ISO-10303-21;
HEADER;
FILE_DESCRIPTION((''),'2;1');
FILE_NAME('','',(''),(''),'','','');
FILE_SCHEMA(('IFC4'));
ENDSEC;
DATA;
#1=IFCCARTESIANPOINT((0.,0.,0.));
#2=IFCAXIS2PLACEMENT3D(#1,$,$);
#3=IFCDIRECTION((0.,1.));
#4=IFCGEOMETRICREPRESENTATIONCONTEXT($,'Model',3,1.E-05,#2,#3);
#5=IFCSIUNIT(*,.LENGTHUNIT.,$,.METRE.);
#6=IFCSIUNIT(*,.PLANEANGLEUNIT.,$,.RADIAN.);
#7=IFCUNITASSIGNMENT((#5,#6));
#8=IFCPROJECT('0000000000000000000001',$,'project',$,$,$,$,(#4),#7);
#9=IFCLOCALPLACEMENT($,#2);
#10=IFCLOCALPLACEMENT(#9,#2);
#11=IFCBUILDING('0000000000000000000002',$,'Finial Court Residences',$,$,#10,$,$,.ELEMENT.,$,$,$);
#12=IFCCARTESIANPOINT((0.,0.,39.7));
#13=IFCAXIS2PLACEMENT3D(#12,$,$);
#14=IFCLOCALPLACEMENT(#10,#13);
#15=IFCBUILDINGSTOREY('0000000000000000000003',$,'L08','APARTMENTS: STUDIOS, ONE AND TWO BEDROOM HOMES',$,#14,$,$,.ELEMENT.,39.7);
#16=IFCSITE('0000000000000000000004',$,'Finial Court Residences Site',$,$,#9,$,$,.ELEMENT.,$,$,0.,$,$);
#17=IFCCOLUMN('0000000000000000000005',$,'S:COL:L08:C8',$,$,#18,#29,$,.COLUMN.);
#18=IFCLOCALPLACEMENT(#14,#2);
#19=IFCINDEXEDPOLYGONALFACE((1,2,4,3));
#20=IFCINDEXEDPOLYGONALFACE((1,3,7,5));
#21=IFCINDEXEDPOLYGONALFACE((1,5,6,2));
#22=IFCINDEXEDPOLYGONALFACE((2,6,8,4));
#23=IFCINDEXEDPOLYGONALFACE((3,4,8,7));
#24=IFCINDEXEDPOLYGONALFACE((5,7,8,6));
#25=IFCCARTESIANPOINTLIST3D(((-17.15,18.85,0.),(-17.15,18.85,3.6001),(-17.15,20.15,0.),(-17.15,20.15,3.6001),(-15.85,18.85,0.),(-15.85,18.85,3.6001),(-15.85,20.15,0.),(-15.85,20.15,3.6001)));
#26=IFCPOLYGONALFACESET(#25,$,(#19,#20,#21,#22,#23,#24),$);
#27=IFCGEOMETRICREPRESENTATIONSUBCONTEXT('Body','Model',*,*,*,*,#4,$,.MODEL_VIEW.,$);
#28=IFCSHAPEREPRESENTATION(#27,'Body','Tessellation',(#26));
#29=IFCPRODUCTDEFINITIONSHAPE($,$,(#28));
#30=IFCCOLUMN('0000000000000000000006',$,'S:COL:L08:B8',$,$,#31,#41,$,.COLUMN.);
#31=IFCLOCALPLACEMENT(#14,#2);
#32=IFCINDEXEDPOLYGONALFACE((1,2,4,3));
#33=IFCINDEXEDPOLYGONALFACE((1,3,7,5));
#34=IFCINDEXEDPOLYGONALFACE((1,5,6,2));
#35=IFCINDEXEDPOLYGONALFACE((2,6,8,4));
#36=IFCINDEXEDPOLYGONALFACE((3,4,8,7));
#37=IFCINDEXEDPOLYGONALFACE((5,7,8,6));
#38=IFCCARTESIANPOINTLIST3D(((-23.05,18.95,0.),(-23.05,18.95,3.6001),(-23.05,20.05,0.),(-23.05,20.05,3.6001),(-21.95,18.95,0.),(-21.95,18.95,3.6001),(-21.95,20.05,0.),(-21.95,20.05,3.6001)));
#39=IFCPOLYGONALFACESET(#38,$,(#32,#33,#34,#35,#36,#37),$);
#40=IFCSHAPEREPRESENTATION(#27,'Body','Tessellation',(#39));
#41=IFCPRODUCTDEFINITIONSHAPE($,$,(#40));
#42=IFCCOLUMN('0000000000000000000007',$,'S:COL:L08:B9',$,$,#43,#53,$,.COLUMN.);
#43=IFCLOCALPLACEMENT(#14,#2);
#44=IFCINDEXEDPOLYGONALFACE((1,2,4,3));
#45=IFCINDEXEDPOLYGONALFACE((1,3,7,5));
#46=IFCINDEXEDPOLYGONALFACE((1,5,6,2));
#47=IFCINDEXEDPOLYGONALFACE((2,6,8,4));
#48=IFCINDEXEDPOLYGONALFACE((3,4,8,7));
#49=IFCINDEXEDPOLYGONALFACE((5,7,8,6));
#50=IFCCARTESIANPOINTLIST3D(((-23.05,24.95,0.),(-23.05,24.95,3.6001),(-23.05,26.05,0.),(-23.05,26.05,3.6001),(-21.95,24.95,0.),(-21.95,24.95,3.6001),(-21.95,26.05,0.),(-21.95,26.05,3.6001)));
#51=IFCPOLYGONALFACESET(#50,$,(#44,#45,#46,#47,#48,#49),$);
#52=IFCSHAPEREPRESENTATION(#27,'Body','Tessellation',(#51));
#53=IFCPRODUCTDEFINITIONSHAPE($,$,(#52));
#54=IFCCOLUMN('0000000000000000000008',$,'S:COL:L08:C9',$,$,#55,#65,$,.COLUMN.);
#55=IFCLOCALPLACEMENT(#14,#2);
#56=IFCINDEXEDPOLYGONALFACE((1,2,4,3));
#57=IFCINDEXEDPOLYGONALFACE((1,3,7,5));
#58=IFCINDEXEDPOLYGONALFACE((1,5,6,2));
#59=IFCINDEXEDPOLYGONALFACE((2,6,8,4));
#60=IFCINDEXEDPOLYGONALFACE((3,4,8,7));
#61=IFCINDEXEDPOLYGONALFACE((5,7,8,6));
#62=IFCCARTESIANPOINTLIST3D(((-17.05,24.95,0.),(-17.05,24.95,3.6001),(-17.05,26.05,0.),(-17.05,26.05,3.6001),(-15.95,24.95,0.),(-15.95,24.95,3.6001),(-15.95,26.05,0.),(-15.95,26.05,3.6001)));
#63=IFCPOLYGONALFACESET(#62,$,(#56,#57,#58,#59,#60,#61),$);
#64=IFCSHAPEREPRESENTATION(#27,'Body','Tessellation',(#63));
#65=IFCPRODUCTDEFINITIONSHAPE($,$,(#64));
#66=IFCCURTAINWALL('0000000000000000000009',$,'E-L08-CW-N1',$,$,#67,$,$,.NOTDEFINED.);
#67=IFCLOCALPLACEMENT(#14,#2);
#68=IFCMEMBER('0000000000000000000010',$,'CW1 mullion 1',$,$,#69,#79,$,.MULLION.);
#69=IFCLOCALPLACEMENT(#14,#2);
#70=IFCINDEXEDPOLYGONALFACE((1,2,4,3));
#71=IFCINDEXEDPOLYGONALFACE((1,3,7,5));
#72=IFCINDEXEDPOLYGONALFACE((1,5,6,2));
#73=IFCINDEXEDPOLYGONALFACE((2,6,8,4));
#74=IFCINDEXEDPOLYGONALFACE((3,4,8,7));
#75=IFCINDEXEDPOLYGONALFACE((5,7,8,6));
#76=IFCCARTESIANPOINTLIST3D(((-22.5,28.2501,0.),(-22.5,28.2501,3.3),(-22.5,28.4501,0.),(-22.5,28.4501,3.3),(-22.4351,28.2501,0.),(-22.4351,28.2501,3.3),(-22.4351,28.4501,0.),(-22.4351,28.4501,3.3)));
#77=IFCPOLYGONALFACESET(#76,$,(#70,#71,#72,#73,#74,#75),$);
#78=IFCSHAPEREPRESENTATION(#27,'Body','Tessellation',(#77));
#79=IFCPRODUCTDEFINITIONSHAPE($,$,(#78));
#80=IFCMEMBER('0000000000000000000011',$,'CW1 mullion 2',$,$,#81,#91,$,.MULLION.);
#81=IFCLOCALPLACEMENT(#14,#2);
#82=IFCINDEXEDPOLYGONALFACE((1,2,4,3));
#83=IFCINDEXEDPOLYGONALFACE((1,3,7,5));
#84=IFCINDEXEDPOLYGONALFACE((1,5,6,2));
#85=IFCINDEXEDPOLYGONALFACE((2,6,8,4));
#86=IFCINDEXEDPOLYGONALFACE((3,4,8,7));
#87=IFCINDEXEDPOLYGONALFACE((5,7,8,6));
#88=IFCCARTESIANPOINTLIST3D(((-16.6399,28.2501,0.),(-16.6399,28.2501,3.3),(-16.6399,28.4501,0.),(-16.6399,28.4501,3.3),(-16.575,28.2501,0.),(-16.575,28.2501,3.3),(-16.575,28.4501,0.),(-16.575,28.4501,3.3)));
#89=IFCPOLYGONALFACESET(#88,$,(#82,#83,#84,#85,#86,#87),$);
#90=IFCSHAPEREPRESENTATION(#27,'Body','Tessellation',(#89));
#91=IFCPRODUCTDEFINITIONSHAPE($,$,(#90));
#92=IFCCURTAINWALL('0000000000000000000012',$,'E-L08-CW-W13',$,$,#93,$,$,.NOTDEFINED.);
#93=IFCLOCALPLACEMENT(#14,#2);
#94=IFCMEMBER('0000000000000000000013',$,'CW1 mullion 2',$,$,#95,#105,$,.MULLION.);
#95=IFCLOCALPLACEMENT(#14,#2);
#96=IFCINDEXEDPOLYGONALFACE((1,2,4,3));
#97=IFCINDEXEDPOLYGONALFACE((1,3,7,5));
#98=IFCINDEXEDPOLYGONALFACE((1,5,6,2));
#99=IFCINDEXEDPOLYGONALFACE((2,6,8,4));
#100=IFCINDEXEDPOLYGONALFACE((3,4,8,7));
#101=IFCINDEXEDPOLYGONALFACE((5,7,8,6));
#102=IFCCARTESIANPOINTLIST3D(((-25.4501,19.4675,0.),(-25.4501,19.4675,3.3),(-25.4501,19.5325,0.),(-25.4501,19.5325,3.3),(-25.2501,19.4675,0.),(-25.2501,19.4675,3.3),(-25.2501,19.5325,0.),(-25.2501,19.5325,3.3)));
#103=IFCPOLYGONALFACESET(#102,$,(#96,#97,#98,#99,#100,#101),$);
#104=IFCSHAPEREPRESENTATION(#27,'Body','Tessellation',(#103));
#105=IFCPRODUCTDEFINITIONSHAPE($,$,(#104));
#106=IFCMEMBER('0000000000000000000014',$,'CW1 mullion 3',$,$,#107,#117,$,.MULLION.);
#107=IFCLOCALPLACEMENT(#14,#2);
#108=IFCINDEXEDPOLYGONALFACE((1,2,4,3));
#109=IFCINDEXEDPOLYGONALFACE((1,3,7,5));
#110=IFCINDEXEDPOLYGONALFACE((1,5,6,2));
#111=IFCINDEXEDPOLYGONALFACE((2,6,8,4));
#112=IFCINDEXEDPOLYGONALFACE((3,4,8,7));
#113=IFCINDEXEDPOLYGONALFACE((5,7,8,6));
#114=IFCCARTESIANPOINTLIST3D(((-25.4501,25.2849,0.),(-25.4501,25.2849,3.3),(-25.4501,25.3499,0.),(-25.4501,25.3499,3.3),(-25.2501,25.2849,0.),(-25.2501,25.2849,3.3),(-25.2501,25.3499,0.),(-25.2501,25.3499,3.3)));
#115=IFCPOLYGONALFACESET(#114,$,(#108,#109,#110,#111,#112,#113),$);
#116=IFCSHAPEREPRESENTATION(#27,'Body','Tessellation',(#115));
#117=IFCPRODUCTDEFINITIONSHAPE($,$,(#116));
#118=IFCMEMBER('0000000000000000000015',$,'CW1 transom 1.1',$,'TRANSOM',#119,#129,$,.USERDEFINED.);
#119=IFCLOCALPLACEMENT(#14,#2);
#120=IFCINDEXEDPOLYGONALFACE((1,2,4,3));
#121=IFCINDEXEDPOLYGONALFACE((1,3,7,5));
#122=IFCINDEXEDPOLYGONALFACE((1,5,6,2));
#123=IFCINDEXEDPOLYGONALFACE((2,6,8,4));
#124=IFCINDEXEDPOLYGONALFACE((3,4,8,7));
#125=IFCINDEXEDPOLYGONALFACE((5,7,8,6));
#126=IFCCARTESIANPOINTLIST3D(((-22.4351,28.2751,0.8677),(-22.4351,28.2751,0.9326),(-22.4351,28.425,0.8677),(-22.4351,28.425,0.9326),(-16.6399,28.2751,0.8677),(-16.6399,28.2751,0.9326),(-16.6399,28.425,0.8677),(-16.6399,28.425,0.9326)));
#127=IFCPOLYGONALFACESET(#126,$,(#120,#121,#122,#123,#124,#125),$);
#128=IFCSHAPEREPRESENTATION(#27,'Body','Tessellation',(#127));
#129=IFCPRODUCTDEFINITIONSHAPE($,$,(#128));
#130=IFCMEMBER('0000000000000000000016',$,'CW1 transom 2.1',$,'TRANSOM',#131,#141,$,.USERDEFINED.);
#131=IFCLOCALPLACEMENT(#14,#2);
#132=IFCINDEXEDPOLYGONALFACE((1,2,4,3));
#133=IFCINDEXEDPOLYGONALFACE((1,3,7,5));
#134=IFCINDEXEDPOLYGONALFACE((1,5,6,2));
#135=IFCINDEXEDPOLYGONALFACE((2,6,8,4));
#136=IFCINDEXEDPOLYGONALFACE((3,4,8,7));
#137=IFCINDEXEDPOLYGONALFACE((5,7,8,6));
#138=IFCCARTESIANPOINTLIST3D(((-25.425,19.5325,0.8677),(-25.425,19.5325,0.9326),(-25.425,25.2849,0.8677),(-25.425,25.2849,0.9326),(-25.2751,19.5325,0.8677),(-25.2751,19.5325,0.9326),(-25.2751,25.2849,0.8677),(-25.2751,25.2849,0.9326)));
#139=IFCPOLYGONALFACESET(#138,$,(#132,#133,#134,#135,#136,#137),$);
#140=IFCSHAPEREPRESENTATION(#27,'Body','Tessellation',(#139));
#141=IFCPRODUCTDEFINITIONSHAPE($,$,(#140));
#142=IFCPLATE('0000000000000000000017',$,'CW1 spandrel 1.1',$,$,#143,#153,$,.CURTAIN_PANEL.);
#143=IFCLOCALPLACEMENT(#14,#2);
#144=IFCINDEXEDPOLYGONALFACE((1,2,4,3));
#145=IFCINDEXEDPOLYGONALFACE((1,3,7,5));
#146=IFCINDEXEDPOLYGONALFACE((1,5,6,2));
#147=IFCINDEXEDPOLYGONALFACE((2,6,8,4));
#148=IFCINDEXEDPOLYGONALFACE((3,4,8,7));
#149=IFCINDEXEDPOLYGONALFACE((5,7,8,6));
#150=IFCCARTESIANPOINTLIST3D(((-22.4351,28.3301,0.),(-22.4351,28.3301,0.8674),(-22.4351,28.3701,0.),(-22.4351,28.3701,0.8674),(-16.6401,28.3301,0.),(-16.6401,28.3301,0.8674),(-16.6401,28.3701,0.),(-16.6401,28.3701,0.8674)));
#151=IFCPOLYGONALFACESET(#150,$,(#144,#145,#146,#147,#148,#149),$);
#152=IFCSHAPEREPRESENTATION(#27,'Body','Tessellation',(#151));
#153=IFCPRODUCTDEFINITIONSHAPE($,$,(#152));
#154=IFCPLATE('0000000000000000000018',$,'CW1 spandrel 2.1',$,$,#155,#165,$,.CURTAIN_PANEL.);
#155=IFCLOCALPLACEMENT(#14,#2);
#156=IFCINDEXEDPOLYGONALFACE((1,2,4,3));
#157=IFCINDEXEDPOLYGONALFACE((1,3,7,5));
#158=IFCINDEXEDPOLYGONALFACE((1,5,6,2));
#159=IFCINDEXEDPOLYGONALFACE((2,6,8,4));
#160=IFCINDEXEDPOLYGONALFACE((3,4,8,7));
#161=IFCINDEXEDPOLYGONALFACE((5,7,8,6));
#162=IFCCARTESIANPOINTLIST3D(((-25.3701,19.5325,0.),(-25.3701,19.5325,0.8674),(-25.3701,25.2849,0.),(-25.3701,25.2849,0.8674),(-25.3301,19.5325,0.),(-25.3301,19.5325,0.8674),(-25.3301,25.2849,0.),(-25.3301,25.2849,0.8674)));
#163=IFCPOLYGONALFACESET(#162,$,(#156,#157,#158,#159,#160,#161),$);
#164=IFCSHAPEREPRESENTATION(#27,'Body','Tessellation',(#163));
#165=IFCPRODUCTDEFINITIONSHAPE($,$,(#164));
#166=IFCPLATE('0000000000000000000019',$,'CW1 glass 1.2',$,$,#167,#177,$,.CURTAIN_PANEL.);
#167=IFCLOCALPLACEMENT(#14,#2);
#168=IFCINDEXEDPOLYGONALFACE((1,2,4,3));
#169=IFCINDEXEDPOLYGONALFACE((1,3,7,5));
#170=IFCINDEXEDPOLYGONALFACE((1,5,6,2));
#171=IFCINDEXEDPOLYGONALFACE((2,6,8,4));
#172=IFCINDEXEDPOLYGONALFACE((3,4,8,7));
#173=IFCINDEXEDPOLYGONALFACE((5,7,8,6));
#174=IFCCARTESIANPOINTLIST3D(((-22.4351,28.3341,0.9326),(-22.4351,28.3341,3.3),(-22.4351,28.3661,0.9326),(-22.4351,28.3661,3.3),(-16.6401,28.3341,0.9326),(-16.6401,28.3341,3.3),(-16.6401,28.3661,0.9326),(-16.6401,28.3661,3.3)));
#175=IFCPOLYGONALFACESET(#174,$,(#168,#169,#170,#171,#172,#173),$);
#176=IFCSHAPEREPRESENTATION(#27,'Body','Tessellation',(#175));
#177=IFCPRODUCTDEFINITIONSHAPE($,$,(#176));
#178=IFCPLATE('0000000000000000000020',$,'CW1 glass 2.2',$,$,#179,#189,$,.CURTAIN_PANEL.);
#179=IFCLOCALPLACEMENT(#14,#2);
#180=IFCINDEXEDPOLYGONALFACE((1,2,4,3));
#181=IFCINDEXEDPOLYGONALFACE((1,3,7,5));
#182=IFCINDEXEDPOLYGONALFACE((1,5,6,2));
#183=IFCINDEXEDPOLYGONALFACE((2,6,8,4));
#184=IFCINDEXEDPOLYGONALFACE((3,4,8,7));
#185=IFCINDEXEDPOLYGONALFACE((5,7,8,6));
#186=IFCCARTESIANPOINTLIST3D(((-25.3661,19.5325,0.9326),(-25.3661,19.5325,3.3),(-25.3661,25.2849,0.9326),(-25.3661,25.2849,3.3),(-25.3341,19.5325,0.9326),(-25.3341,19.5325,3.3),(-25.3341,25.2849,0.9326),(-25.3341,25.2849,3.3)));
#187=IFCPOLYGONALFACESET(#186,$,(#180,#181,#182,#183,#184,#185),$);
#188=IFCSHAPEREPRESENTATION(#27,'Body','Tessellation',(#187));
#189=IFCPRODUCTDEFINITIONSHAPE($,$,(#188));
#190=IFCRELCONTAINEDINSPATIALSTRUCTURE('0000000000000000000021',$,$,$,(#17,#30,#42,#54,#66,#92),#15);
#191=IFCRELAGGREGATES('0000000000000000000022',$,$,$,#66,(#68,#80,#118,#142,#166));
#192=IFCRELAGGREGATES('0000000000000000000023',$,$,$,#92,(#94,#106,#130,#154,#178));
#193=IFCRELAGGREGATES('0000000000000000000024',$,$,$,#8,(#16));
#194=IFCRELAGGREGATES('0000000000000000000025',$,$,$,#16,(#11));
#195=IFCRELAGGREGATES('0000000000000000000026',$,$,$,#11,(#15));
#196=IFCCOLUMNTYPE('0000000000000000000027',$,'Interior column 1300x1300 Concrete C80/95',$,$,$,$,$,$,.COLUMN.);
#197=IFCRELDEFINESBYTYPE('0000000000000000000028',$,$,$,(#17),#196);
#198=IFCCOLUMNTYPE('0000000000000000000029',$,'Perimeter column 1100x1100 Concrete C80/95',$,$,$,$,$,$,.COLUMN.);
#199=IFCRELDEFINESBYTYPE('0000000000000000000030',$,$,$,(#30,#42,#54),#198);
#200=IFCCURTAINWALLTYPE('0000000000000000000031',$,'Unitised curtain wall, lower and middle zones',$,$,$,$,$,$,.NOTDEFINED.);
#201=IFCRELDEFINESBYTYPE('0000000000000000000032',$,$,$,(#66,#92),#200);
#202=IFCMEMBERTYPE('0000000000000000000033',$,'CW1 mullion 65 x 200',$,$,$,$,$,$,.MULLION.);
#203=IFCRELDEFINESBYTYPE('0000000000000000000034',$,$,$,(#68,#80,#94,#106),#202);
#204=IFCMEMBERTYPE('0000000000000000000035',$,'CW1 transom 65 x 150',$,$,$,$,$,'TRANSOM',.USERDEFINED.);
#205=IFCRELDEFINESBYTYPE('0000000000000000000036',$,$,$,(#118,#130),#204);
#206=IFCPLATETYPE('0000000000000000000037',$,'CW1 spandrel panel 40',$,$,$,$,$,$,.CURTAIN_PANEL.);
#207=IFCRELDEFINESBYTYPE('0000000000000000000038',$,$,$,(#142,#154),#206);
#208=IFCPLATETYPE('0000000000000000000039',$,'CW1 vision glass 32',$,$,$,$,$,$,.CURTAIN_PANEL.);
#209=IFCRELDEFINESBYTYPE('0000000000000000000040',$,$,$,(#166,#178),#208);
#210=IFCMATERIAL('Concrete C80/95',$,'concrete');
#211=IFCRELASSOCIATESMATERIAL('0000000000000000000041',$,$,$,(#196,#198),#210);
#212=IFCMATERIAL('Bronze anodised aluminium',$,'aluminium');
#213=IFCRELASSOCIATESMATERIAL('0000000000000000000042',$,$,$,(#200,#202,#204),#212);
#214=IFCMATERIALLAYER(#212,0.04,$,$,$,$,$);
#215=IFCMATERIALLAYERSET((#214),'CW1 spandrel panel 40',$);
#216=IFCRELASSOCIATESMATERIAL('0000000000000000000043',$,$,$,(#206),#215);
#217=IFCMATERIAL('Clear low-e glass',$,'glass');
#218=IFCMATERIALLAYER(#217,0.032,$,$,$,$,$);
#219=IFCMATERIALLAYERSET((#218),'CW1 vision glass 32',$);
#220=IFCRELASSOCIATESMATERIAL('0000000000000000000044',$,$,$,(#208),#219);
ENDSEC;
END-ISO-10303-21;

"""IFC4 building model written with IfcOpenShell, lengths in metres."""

from ifc_helpers import new_model, si_unit, direction, frame, origin, origin_2d, place, context, subcontext, project, spatial, rectangle, extrude, material, layer, layer_set, material_profile, profile_set, type_object, element, aggregate, save


model = new_model("IFC4")

# Units and contexts
model_context = context("Model", 3, precision=1e-05, world=origin(), true_north=direction((0.0, 1.0)))
body_context = subcontext(model_context, "Body", "Model", "MODEL_VIEW")
ifc_project = project(units=[si_unit("LENGTHUNIT", "METRE"), si_unit("PLANEANGLEUNIT", "RADIAN")], contexts=[model_context])

# Site, building, storey
site_placement = place(None, origin())
site = spatial("IfcSite", under=ifc_project, at=site_placement, Name="Finial Court Residences Site", CompositionType="ELEMENT", RefElevation=0.0)
building_placement = place(site_placement, origin())
building = spatial("IfcBuilding", under=site, at=building_placement, Name="Finial Court Residences", CompositionType="ELEMENT")
storey_placement = place(building_placement, frame((0.0, 0.0, 39.7)))
storey = spatial("IfcBuildingStorey", under=building, at=storey_placement, Name="L08", Description="APARTMENTS: STUDIOS, ONE AND TWO BEDROOM HOMES", CompositionType="ELEMENT", Elevation=39.7)

# Columns
ifc_material_1 = material(Name="Concrete C80/95", Category="concrete")
ifc_material_profile_1 = material_profile(ifc_material_1, rectangle(XDim=1.3, YDim=1.3, at=origin_2d()), Name="1300x1300")
ifc_profile_set_1 = profile_set([ifc_material_profile_1], Name="Concrete C80/95")
column_type_1 = type_object("IfcColumnType", Name="Interior column 1300x1300 Concrete C80/95", PredefinedType="COLUMN", material=ifc_profile_set_1)
column_placement = place(storey_placement, frame((-16.5, 19.5, 0.0), z_axis=(0.0, 0.0, 1.0), x_axis=(1.0, 0.0, 0.0)))
element("IfcColumn", 1, at=column_placement, inside=storey, type_object=column_type_1, Name="S:COL:L08:C8", PredefinedType="COLUMN", context=body_context, shape_type="SweptSolid", body=[
    extrude(rectangle(XDim=1.3, YDim=1.3, at=origin_2d()), origin(), (0.0, 0.0, 1.0), 3.6001),
])
ifc_material_profile_2 = material_profile(ifc_material_1, rectangle(XDim=1.1001, YDim=1.1001, at=origin_2d()), Name="1100x1100")
ifc_profile_set_2 = profile_set([ifc_material_profile_2], Name="Concrete C80/95")
column_type_2 = type_object("IfcColumnType", Name="Perimeter column 1100x1100 Concrete C80/95", PredefinedType="COLUMN", material=ifc_profile_set_2)
for number, where, z_axis, x_axis, name in (
    (2, (-22.5, 19.5, 0.0), (0.0, 0.0, 1.0), (1.0, 0.0, 0.0), "S:COL:L08:B8"),
    (3, (-22.5, 25.5, 0.0), (0.0, 0.0, 1.0), (1.0, 0.0, 0.0), "S:COL:L08:B9"),
    (4, (-16.5, 25.5, 0.0), (0.0, 0.0, 1.0), (1.0, 0.0, 0.0), "S:COL:L08:C9"),
):
    element("IfcColumn", number, at=place(storey_placement, frame(where, z_axis=z_axis, x_axis=x_axis)), inside=storey, type_object=column_type_2, Name=name, PredefinedType="COLUMN", context=body_context, shape_type="SweptSolid", body=[
        extrude(rectangle(XDim=1.1001, YDim=1.1001, at=origin_2d()), origin(), (0.0, 0.0, 1.0), 3.6001),
    ])

# Curtain walls, members
ifc_material_2 = material(Name="Bronze anodised aluminium", Category="aluminium")
curtain_wall_type = type_object("IfcCurtainWallType", Name="Unitised curtain wall, lower and middle zones", PredefinedType="NOTDEFINED", material=ifc_material_2)
curtain_wall_1_placement = place(storey_placement, origin())
curtain_wall_1 = element("IfcCurtainWall", 5, at=curtain_wall_1_placement, inside=storey, type_object=curtain_wall_type, Name="E-L08-CW-N1", PredefinedType="NOTDEFINED")
ifc_material_profile_3 = material_profile(ifc_material_2, rectangle(XDim=0.2, YDim=0.0649, at=origin_2d()), Name="CW1 mullion 65 x 200")
ifc_profile_set_3 = profile_set([ifc_material_profile_3], Name="Bronze anodised aluminium")
member_type_1 = type_object("IfcMemberType", Name="CW1 mullion 65 x 200", PredefinedType="MULLION", material=ifc_profile_set_3)
member_1_placement = place(storey_placement, frame((-22.4675, 28.3501, 0.0), z_axis=(0.0, 0.0, 1.0), x_axis=(0.0, 1.0, 0.0)))
member_1 = element("IfcMember", 6, at=member_1_placement, type_object=member_type_1, Name="CW1 mullion 1", PredefinedType="MULLION", context=body_context, shape_type="SweptSolid", body=[
    extrude(rectangle(XDim=0.2, YDim=0.0649, at=origin_2d()), origin(), (0.0, 0.0, 1.0), 3.3),
])
member_2_placement = place(storey_placement, frame((-16.6074, 28.3501, 0.0), z_axis=(0.0, 0.0, 1.0), x_axis=(0.0, 1.0, 0.0)))
member_2 = element("IfcMember", 7, at=member_2_placement, type_object=member_type_1, Name="CW1 mullion 2", PredefinedType="MULLION", context=body_context, shape_type="SweptSolid", body=[
    extrude(rectangle(XDim=0.2, YDim=0.0649, at=origin_2d()), origin(), (0.0, 0.0, 1.0), 3.3),
])
curtain_wall_2_placement = place(storey_placement, origin())
curtain_wall_2 = element("IfcCurtainWall", 8, at=curtain_wall_2_placement, inside=storey, type_object=curtain_wall_type, Name="E-L08-CW-W13", PredefinedType="NOTDEFINED")
member_3_placement = place(storey_placement, frame((-25.3501, 19.5, 0.0), z_axis=(0.0, 0.0, 1.0), x_axis=(-1.0, 0.0, 0.0)))
member_3 = element("IfcMember", 9, at=member_3_placement, type_object=member_type_1, Name="CW1 mullion 2", PredefinedType="MULLION", context=body_context, shape_type="SweptSolid", body=[
    extrude(rectangle(XDim=0.2, YDim=0.0649, at=origin_2d()), origin(), (0.0, 0.0, 1.0), 3.3),
])
member_4_placement = place(storey_placement, frame((-25.3501, 25.3174, 0.0), z_axis=(0.0, 0.0, 1.0), x_axis=(-1.0, 0.0, 0.0)))
member_4 = element("IfcMember", 10, at=member_4_placement, type_object=member_type_1, Name="CW1 mullion 3", PredefinedType="MULLION", context=body_context, shape_type="SweptSolid", body=[
    extrude(rectangle(XDim=0.2, YDim=0.0649, at=origin_2d()), origin(), (0.0, 0.0, 1.0), 3.3),
])

# Members
ifc_material_profile_4 = material_profile(ifc_material_2, rectangle(XDim=0.1499, YDim=0.0649, at=origin_2d()), Name="CW1 transom 65 x 150")
ifc_profile_set_4 = profile_set([ifc_material_profile_4], Name="Bronze anodised aluminium")
member_type_2 = type_object("IfcMemberType", Name="CW1 transom 65 x 150", ElementType="TRANSOM", PredefinedType="USERDEFINED", material=ifc_profile_set_4)
member_5_placement = place(storey_placement, frame((-22.4351, 28.3501, 0.9001), z_axis=(1.0, 0.0, 0.0), x_axis=(0.0, 1.0, 0.0)))
member_5 = element("IfcMember", 11, at=member_5_placement, type_object=member_type_2, Name="CW1 transom 1.1", ObjectType="TRANSOM", PredefinedType="USERDEFINED", context=body_context, shape_type="SweptSolid", body=[
    extrude(rectangle(XDim=0.1499, YDim=0.0649, at=origin_2d()), origin(), (0.0, 0.0, 1.0), 5.7952),
])
member_6_placement = place(storey_placement, frame((-25.3501, 19.5325, 0.9001), z_axis=(0.0, 1.0, 0.0), x_axis=(-1.0, 0.0, 0.0)))
member_6 = element("IfcMember", 12, at=member_6_placement, type_object=member_type_2, Name="CW1 transom 2.1", ObjectType="TRANSOM", PredefinedType="USERDEFINED", context=body_context, shape_type="SweptSolid", body=[
    extrude(rectangle(XDim=0.1499, YDim=0.0649, at=origin_2d()), origin(), (0.0, 0.0, 1.0), 5.7524),
])

# Plates
ifc_layer_1 = layer(ifc_material_2, 0.04)
ifc_layer_set_1 = layer_set([ifc_layer_1], Name="CW1 spandrel panel 40")
plate_type_1 = type_object("IfcPlateType", Name="CW1 spandrel panel 40", PredefinedType="CURTAIN_PANEL", material=ifc_layer_set_1)
plate_1_placement = place(storey_placement, frame((-19.5376, 28.3501, 0.0), z_axis=(0.0, 0.0, 1.0), x_axis=(1.0, 0.0, 0.0)))
plate_1 = element("IfcPlate", 13, at=plate_1_placement, type_object=plate_type_1, Name="CW1 spandrel 1.1", PredefinedType="CURTAIN_PANEL", context=body_context, shape_type="SweptSolid", body=[
    extrude(rectangle(XDim=5.7949, YDim=0.04, at=origin_2d()), origin(), (0.0, 0.0, 1.0), 0.8674),
])
plate_2_placement = place(storey_placement, frame((-25.3501, 22.4087, 0.0), z_axis=(0.0, 0.0, 1.0), x_axis=(0.0, 1.0, 0.0)))
plate_2 = element("IfcPlate", 14, at=plate_2_placement, type_object=plate_type_1, Name="CW1 spandrel 2.1", PredefinedType="CURTAIN_PANEL", context=body_context, shape_type="SweptSolid", body=[
    extrude(rectangle(XDim=5.7524, YDim=0.04, at=origin_2d()), origin(), (0.0, 0.0, 1.0), 0.8674),
])
ifc_material_3 = material(Name="Clear low-e glass", Category="glass")
ifc_layer_2 = layer(ifc_material_3, 0.032)
ifc_layer_set_2 = layer_set([ifc_layer_2], Name="CW1 vision glass 32")
plate_type_2 = type_object("IfcPlateType", Name="CW1 vision glass 32", PredefinedType="CURTAIN_PANEL", material=ifc_layer_set_2)
plate_3_placement = place(storey_placement, frame((-19.5376, 28.3501, 0.9326), z_axis=(0.0, 0.0, 1.0), x_axis=(1.0, 0.0, 0.0)))
plate_3 = element("IfcPlate", 15, at=plate_3_placement, type_object=plate_type_2, Name="CW1 glass 1.2", PredefinedType="CURTAIN_PANEL", context=body_context, shape_type="SweptSolid", body=[
    extrude(rectangle(XDim=5.7949, YDim=0.032, at=origin_2d()), origin(), (0.0, 0.0, 1.0), 2.3674),
])
aggregate(curtain_wall_1, [member_1, member_2, member_5, plate_1, plate_3])
plate_4_placement = place(storey_placement, frame((-25.3501, 22.4087, 0.9326), z_axis=(0.0, 0.0, 1.0), x_axis=(0.0, 1.0, 0.0)))
plate_4 = element("IfcPlate", 16, at=plate_4_placement, type_object=plate_type_2, Name="CW1 glass 2.2", PredefinedType="CURTAIN_PANEL", context=body_context, shape_type="SweptSolid", body=[
    extrude(rectangle(XDim=5.7524, YDim=0.032, at=origin_2d()), origin(), (0.0, 0.0, 1.0), 2.3674),
])
aggregate(curtain_wall_2, [member_3, member_4, member_6, plate_2, plate_4])

save(model, "model.ifc")
